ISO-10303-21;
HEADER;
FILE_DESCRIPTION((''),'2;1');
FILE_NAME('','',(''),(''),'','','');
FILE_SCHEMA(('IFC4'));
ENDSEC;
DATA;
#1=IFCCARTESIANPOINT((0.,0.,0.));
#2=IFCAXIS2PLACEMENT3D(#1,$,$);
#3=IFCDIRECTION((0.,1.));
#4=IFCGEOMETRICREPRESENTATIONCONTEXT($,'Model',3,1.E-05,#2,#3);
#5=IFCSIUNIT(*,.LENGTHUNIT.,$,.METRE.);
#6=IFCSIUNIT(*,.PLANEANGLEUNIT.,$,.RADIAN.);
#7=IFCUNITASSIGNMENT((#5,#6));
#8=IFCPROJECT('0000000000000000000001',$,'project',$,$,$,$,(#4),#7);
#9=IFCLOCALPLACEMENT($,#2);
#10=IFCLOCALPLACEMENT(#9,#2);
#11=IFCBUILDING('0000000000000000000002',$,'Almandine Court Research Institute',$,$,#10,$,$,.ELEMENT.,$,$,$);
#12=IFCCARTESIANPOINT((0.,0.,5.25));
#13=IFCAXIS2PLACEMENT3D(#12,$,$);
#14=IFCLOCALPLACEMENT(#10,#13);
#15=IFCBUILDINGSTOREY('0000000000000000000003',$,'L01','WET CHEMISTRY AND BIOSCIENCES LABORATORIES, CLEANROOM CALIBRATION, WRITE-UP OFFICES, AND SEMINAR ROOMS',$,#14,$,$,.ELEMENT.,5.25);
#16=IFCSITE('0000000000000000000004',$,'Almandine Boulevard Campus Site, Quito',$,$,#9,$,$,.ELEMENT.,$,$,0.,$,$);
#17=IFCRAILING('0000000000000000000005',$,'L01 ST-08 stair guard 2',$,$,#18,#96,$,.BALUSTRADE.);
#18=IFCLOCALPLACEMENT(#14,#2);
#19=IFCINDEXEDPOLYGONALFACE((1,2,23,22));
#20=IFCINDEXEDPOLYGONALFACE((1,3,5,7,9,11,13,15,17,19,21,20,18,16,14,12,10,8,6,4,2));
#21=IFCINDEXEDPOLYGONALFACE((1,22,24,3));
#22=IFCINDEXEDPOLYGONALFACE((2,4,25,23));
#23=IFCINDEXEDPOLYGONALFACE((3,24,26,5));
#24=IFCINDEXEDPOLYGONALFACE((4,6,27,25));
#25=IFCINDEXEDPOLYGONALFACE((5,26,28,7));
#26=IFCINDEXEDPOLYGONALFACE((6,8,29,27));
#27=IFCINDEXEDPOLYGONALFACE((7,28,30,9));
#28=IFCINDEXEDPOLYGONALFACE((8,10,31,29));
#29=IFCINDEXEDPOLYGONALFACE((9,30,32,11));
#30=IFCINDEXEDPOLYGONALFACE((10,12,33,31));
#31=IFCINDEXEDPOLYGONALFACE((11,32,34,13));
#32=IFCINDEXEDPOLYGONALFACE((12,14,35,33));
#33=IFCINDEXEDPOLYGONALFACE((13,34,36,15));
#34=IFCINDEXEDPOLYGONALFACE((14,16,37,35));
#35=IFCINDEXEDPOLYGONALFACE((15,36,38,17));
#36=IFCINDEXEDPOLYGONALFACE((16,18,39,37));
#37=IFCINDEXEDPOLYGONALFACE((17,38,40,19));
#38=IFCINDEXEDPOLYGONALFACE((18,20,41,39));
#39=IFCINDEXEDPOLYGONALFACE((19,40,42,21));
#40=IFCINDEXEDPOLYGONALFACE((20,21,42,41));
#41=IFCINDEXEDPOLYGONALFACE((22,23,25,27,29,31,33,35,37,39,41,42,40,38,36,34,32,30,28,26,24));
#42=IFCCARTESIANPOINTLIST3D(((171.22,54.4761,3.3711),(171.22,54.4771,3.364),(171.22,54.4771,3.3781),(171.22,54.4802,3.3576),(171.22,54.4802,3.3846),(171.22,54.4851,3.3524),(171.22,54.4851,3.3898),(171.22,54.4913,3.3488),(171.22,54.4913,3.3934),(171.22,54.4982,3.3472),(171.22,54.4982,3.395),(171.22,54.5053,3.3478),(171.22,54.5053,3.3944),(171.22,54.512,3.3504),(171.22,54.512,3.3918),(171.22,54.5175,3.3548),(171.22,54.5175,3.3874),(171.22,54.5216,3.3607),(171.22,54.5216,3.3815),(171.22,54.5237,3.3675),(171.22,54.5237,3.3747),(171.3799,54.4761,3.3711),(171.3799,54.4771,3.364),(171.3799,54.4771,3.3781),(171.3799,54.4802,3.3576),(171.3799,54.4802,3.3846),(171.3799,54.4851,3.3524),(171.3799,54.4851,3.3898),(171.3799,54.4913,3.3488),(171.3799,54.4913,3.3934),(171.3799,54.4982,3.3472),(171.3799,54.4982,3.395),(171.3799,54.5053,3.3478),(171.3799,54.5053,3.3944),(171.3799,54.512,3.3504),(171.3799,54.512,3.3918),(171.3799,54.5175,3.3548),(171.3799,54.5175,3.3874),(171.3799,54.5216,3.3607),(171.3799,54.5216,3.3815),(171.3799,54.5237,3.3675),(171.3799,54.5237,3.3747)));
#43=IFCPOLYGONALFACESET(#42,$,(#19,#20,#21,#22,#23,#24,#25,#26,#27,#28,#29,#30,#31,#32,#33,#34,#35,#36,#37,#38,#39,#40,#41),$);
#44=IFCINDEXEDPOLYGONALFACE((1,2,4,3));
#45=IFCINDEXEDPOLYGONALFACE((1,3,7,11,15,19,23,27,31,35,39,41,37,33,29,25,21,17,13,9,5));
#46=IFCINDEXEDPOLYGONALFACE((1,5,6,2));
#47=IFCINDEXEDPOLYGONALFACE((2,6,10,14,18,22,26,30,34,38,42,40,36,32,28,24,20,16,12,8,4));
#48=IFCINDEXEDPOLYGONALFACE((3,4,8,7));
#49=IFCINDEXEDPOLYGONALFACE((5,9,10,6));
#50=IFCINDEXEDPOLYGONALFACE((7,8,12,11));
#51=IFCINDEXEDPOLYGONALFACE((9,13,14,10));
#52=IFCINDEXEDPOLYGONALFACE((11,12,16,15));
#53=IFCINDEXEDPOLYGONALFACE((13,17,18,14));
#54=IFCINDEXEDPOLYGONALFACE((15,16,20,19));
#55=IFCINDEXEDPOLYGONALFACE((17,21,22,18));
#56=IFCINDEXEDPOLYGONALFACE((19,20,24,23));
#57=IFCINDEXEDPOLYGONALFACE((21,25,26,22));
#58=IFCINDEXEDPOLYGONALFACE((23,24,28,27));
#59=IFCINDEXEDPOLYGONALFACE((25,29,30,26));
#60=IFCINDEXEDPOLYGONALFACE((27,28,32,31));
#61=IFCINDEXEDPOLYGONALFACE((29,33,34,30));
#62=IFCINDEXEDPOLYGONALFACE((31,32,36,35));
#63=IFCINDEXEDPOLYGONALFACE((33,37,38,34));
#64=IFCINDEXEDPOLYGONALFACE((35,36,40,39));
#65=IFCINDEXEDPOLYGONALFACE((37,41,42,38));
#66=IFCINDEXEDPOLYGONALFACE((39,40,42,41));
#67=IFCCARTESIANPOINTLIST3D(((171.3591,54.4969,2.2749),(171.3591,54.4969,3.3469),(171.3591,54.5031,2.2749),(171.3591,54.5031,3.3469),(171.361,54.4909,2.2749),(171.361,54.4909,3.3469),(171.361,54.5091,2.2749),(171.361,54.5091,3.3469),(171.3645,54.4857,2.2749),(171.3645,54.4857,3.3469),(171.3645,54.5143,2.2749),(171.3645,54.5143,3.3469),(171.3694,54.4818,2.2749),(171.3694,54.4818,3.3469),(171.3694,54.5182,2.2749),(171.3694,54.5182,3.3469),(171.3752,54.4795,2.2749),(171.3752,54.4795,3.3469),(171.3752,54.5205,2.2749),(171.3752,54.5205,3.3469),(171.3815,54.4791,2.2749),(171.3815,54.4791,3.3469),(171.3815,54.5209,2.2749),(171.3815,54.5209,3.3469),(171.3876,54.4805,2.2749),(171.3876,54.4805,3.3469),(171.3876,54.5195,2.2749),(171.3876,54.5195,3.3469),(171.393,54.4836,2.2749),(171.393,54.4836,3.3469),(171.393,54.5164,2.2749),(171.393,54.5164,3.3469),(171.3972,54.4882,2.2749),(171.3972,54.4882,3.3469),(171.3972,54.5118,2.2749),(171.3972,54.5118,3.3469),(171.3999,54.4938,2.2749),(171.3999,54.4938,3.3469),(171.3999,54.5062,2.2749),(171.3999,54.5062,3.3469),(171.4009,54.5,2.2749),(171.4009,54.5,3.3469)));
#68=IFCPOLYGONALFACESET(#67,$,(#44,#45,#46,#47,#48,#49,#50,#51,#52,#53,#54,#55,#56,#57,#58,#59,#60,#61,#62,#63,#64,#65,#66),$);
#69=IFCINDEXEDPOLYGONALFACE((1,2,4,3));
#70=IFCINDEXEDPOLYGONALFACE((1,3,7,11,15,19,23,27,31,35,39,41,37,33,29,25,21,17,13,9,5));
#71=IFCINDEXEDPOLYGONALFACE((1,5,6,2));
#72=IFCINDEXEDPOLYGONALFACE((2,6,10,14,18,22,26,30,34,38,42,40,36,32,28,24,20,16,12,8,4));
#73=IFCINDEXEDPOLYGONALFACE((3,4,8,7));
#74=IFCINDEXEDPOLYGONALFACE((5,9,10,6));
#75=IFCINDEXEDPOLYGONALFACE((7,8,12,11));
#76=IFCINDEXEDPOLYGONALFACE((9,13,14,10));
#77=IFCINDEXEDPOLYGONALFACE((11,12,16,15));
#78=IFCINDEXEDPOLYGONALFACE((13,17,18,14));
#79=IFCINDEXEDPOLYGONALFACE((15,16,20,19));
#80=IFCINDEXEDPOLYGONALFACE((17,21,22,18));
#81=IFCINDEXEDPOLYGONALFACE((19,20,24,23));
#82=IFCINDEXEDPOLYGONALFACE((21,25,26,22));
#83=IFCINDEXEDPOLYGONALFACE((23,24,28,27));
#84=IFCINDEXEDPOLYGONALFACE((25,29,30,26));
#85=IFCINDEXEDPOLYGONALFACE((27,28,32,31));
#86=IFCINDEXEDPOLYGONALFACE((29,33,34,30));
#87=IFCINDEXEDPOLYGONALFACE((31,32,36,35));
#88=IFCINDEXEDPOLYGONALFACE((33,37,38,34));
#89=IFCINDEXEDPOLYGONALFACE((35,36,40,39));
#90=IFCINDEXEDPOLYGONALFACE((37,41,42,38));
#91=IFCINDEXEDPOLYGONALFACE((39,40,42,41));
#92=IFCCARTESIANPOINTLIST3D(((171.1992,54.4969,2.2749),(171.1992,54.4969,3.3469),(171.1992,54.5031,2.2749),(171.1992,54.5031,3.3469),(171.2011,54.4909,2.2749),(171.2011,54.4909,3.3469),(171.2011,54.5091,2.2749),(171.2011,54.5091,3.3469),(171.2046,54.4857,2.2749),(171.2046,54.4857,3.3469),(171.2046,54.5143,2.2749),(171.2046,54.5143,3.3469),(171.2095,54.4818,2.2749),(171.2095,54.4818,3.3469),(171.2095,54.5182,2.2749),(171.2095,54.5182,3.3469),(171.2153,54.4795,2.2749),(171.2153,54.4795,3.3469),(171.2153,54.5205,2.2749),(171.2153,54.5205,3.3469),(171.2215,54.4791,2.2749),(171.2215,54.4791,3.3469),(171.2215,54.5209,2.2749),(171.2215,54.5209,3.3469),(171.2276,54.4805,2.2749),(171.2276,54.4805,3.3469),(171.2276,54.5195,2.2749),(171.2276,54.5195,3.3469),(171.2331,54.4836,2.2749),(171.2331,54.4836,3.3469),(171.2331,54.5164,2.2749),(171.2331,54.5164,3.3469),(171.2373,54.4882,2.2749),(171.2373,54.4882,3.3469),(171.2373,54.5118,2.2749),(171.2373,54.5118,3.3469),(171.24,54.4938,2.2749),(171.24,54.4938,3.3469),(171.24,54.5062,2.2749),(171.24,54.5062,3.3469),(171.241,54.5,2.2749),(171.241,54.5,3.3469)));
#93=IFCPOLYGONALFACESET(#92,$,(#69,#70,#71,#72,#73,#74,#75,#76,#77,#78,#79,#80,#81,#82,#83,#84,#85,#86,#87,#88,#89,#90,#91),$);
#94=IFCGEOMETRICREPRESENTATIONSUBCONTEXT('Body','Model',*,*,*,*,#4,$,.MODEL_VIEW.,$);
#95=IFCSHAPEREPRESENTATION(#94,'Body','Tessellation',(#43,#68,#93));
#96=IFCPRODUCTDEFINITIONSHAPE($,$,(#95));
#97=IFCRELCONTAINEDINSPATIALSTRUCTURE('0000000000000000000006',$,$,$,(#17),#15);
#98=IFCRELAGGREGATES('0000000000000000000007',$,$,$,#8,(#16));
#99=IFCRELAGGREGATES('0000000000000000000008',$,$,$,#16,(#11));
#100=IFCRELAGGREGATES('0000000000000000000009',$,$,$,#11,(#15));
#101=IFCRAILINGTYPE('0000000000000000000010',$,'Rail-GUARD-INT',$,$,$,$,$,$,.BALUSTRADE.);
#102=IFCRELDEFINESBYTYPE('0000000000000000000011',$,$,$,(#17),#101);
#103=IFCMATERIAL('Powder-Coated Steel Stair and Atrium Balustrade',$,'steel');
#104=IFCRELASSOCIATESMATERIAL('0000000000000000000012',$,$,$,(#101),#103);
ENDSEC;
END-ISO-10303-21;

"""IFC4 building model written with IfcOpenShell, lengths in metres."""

from ifc_helpers import new_model, si_unit, direction, frame, origin, origin_2d, place, context, subcontext, project, spatial, circle, extrude, material, type_object, element, save


model = new_model("IFC4")

# Units and contexts
model_context = context("Model", 3, precision=1e-05, world=origin(), true_north=direction((0.0, 1.0)))
body_context = subcontext(model_context, "Body", "Model", "MODEL_VIEW")
ifc_project = project(units=[si_unit("LENGTHUNIT", "METRE"), si_unit("PLANEANGLEUNIT", "RADIAN")], contexts=[model_context])

# Site, building, storey
site_placement = place(None, origin())
site = spatial("IfcSite", under=ifc_project, at=site_placement, Name="Almandine Boulevard Campus Site, Quito", CompositionType="ELEMENT", RefElevation=0.0)
building_placement = place(site_placement, origin())
building = spatial("IfcBuilding", under=site, at=building_placement, Name="Almandine Court Research Institute", CompositionType="ELEMENT")
storey_placement = place(building_placement, frame((0.0, 0.0, 5.25)))
storey = spatial("IfcBuildingStorey", under=building, at=storey_placement, Name="L01", Description="WET CHEMISTRY AND BIOSCIENCES LABORATORIES, CLEANROOM CALIBRATION, WRITE-UP OFFICES, AND SEMINAR ROOMS", CompositionType="ELEMENT", Elevation=5.25)

# Railing
ifc_material_1 = material(Name="Powder-Coated Steel Stair and Atrium Balustrade", Category="steel")
railing_type_1 = type_object("IfcRailingType", Name="Rail-GUARD-INT", PredefinedType="BALUSTRADE", material=ifc_material_1)
railing_1_placement = place(storey_placement, frame((171.3799, 54.5, 2.2749)))
element("IfcRailing", 1, at=railing_1_placement, inside=storey, type_object=railing_type_1, Name="L01 ST-08 stair guard 2", PredefinedType="BALUSTRADE", context=body_context, shape_type="SweptSolid", body=[
    extrude(circle(Radius=0.0239, at=origin_2d()), frame((0.0, 0.0, 1.0962), z_axis=(-1.0, 0.0, 0.0), x_axis=(0.0, -1.0, 0.0)), (0.0, 0.0, 1.0), 0.1599),
    extrude(circle(Radius=0.021, at=origin_2d()), origin(), (0.0, 0.0, 1.0), 1.072),
    extrude(circle(Radius=0.021, at=origin_2d()), frame((-0.1599, 0.0, 0.0)), (0.0, 0.0, 1.0), 1.072),
])

save(model, "model.ifc")
